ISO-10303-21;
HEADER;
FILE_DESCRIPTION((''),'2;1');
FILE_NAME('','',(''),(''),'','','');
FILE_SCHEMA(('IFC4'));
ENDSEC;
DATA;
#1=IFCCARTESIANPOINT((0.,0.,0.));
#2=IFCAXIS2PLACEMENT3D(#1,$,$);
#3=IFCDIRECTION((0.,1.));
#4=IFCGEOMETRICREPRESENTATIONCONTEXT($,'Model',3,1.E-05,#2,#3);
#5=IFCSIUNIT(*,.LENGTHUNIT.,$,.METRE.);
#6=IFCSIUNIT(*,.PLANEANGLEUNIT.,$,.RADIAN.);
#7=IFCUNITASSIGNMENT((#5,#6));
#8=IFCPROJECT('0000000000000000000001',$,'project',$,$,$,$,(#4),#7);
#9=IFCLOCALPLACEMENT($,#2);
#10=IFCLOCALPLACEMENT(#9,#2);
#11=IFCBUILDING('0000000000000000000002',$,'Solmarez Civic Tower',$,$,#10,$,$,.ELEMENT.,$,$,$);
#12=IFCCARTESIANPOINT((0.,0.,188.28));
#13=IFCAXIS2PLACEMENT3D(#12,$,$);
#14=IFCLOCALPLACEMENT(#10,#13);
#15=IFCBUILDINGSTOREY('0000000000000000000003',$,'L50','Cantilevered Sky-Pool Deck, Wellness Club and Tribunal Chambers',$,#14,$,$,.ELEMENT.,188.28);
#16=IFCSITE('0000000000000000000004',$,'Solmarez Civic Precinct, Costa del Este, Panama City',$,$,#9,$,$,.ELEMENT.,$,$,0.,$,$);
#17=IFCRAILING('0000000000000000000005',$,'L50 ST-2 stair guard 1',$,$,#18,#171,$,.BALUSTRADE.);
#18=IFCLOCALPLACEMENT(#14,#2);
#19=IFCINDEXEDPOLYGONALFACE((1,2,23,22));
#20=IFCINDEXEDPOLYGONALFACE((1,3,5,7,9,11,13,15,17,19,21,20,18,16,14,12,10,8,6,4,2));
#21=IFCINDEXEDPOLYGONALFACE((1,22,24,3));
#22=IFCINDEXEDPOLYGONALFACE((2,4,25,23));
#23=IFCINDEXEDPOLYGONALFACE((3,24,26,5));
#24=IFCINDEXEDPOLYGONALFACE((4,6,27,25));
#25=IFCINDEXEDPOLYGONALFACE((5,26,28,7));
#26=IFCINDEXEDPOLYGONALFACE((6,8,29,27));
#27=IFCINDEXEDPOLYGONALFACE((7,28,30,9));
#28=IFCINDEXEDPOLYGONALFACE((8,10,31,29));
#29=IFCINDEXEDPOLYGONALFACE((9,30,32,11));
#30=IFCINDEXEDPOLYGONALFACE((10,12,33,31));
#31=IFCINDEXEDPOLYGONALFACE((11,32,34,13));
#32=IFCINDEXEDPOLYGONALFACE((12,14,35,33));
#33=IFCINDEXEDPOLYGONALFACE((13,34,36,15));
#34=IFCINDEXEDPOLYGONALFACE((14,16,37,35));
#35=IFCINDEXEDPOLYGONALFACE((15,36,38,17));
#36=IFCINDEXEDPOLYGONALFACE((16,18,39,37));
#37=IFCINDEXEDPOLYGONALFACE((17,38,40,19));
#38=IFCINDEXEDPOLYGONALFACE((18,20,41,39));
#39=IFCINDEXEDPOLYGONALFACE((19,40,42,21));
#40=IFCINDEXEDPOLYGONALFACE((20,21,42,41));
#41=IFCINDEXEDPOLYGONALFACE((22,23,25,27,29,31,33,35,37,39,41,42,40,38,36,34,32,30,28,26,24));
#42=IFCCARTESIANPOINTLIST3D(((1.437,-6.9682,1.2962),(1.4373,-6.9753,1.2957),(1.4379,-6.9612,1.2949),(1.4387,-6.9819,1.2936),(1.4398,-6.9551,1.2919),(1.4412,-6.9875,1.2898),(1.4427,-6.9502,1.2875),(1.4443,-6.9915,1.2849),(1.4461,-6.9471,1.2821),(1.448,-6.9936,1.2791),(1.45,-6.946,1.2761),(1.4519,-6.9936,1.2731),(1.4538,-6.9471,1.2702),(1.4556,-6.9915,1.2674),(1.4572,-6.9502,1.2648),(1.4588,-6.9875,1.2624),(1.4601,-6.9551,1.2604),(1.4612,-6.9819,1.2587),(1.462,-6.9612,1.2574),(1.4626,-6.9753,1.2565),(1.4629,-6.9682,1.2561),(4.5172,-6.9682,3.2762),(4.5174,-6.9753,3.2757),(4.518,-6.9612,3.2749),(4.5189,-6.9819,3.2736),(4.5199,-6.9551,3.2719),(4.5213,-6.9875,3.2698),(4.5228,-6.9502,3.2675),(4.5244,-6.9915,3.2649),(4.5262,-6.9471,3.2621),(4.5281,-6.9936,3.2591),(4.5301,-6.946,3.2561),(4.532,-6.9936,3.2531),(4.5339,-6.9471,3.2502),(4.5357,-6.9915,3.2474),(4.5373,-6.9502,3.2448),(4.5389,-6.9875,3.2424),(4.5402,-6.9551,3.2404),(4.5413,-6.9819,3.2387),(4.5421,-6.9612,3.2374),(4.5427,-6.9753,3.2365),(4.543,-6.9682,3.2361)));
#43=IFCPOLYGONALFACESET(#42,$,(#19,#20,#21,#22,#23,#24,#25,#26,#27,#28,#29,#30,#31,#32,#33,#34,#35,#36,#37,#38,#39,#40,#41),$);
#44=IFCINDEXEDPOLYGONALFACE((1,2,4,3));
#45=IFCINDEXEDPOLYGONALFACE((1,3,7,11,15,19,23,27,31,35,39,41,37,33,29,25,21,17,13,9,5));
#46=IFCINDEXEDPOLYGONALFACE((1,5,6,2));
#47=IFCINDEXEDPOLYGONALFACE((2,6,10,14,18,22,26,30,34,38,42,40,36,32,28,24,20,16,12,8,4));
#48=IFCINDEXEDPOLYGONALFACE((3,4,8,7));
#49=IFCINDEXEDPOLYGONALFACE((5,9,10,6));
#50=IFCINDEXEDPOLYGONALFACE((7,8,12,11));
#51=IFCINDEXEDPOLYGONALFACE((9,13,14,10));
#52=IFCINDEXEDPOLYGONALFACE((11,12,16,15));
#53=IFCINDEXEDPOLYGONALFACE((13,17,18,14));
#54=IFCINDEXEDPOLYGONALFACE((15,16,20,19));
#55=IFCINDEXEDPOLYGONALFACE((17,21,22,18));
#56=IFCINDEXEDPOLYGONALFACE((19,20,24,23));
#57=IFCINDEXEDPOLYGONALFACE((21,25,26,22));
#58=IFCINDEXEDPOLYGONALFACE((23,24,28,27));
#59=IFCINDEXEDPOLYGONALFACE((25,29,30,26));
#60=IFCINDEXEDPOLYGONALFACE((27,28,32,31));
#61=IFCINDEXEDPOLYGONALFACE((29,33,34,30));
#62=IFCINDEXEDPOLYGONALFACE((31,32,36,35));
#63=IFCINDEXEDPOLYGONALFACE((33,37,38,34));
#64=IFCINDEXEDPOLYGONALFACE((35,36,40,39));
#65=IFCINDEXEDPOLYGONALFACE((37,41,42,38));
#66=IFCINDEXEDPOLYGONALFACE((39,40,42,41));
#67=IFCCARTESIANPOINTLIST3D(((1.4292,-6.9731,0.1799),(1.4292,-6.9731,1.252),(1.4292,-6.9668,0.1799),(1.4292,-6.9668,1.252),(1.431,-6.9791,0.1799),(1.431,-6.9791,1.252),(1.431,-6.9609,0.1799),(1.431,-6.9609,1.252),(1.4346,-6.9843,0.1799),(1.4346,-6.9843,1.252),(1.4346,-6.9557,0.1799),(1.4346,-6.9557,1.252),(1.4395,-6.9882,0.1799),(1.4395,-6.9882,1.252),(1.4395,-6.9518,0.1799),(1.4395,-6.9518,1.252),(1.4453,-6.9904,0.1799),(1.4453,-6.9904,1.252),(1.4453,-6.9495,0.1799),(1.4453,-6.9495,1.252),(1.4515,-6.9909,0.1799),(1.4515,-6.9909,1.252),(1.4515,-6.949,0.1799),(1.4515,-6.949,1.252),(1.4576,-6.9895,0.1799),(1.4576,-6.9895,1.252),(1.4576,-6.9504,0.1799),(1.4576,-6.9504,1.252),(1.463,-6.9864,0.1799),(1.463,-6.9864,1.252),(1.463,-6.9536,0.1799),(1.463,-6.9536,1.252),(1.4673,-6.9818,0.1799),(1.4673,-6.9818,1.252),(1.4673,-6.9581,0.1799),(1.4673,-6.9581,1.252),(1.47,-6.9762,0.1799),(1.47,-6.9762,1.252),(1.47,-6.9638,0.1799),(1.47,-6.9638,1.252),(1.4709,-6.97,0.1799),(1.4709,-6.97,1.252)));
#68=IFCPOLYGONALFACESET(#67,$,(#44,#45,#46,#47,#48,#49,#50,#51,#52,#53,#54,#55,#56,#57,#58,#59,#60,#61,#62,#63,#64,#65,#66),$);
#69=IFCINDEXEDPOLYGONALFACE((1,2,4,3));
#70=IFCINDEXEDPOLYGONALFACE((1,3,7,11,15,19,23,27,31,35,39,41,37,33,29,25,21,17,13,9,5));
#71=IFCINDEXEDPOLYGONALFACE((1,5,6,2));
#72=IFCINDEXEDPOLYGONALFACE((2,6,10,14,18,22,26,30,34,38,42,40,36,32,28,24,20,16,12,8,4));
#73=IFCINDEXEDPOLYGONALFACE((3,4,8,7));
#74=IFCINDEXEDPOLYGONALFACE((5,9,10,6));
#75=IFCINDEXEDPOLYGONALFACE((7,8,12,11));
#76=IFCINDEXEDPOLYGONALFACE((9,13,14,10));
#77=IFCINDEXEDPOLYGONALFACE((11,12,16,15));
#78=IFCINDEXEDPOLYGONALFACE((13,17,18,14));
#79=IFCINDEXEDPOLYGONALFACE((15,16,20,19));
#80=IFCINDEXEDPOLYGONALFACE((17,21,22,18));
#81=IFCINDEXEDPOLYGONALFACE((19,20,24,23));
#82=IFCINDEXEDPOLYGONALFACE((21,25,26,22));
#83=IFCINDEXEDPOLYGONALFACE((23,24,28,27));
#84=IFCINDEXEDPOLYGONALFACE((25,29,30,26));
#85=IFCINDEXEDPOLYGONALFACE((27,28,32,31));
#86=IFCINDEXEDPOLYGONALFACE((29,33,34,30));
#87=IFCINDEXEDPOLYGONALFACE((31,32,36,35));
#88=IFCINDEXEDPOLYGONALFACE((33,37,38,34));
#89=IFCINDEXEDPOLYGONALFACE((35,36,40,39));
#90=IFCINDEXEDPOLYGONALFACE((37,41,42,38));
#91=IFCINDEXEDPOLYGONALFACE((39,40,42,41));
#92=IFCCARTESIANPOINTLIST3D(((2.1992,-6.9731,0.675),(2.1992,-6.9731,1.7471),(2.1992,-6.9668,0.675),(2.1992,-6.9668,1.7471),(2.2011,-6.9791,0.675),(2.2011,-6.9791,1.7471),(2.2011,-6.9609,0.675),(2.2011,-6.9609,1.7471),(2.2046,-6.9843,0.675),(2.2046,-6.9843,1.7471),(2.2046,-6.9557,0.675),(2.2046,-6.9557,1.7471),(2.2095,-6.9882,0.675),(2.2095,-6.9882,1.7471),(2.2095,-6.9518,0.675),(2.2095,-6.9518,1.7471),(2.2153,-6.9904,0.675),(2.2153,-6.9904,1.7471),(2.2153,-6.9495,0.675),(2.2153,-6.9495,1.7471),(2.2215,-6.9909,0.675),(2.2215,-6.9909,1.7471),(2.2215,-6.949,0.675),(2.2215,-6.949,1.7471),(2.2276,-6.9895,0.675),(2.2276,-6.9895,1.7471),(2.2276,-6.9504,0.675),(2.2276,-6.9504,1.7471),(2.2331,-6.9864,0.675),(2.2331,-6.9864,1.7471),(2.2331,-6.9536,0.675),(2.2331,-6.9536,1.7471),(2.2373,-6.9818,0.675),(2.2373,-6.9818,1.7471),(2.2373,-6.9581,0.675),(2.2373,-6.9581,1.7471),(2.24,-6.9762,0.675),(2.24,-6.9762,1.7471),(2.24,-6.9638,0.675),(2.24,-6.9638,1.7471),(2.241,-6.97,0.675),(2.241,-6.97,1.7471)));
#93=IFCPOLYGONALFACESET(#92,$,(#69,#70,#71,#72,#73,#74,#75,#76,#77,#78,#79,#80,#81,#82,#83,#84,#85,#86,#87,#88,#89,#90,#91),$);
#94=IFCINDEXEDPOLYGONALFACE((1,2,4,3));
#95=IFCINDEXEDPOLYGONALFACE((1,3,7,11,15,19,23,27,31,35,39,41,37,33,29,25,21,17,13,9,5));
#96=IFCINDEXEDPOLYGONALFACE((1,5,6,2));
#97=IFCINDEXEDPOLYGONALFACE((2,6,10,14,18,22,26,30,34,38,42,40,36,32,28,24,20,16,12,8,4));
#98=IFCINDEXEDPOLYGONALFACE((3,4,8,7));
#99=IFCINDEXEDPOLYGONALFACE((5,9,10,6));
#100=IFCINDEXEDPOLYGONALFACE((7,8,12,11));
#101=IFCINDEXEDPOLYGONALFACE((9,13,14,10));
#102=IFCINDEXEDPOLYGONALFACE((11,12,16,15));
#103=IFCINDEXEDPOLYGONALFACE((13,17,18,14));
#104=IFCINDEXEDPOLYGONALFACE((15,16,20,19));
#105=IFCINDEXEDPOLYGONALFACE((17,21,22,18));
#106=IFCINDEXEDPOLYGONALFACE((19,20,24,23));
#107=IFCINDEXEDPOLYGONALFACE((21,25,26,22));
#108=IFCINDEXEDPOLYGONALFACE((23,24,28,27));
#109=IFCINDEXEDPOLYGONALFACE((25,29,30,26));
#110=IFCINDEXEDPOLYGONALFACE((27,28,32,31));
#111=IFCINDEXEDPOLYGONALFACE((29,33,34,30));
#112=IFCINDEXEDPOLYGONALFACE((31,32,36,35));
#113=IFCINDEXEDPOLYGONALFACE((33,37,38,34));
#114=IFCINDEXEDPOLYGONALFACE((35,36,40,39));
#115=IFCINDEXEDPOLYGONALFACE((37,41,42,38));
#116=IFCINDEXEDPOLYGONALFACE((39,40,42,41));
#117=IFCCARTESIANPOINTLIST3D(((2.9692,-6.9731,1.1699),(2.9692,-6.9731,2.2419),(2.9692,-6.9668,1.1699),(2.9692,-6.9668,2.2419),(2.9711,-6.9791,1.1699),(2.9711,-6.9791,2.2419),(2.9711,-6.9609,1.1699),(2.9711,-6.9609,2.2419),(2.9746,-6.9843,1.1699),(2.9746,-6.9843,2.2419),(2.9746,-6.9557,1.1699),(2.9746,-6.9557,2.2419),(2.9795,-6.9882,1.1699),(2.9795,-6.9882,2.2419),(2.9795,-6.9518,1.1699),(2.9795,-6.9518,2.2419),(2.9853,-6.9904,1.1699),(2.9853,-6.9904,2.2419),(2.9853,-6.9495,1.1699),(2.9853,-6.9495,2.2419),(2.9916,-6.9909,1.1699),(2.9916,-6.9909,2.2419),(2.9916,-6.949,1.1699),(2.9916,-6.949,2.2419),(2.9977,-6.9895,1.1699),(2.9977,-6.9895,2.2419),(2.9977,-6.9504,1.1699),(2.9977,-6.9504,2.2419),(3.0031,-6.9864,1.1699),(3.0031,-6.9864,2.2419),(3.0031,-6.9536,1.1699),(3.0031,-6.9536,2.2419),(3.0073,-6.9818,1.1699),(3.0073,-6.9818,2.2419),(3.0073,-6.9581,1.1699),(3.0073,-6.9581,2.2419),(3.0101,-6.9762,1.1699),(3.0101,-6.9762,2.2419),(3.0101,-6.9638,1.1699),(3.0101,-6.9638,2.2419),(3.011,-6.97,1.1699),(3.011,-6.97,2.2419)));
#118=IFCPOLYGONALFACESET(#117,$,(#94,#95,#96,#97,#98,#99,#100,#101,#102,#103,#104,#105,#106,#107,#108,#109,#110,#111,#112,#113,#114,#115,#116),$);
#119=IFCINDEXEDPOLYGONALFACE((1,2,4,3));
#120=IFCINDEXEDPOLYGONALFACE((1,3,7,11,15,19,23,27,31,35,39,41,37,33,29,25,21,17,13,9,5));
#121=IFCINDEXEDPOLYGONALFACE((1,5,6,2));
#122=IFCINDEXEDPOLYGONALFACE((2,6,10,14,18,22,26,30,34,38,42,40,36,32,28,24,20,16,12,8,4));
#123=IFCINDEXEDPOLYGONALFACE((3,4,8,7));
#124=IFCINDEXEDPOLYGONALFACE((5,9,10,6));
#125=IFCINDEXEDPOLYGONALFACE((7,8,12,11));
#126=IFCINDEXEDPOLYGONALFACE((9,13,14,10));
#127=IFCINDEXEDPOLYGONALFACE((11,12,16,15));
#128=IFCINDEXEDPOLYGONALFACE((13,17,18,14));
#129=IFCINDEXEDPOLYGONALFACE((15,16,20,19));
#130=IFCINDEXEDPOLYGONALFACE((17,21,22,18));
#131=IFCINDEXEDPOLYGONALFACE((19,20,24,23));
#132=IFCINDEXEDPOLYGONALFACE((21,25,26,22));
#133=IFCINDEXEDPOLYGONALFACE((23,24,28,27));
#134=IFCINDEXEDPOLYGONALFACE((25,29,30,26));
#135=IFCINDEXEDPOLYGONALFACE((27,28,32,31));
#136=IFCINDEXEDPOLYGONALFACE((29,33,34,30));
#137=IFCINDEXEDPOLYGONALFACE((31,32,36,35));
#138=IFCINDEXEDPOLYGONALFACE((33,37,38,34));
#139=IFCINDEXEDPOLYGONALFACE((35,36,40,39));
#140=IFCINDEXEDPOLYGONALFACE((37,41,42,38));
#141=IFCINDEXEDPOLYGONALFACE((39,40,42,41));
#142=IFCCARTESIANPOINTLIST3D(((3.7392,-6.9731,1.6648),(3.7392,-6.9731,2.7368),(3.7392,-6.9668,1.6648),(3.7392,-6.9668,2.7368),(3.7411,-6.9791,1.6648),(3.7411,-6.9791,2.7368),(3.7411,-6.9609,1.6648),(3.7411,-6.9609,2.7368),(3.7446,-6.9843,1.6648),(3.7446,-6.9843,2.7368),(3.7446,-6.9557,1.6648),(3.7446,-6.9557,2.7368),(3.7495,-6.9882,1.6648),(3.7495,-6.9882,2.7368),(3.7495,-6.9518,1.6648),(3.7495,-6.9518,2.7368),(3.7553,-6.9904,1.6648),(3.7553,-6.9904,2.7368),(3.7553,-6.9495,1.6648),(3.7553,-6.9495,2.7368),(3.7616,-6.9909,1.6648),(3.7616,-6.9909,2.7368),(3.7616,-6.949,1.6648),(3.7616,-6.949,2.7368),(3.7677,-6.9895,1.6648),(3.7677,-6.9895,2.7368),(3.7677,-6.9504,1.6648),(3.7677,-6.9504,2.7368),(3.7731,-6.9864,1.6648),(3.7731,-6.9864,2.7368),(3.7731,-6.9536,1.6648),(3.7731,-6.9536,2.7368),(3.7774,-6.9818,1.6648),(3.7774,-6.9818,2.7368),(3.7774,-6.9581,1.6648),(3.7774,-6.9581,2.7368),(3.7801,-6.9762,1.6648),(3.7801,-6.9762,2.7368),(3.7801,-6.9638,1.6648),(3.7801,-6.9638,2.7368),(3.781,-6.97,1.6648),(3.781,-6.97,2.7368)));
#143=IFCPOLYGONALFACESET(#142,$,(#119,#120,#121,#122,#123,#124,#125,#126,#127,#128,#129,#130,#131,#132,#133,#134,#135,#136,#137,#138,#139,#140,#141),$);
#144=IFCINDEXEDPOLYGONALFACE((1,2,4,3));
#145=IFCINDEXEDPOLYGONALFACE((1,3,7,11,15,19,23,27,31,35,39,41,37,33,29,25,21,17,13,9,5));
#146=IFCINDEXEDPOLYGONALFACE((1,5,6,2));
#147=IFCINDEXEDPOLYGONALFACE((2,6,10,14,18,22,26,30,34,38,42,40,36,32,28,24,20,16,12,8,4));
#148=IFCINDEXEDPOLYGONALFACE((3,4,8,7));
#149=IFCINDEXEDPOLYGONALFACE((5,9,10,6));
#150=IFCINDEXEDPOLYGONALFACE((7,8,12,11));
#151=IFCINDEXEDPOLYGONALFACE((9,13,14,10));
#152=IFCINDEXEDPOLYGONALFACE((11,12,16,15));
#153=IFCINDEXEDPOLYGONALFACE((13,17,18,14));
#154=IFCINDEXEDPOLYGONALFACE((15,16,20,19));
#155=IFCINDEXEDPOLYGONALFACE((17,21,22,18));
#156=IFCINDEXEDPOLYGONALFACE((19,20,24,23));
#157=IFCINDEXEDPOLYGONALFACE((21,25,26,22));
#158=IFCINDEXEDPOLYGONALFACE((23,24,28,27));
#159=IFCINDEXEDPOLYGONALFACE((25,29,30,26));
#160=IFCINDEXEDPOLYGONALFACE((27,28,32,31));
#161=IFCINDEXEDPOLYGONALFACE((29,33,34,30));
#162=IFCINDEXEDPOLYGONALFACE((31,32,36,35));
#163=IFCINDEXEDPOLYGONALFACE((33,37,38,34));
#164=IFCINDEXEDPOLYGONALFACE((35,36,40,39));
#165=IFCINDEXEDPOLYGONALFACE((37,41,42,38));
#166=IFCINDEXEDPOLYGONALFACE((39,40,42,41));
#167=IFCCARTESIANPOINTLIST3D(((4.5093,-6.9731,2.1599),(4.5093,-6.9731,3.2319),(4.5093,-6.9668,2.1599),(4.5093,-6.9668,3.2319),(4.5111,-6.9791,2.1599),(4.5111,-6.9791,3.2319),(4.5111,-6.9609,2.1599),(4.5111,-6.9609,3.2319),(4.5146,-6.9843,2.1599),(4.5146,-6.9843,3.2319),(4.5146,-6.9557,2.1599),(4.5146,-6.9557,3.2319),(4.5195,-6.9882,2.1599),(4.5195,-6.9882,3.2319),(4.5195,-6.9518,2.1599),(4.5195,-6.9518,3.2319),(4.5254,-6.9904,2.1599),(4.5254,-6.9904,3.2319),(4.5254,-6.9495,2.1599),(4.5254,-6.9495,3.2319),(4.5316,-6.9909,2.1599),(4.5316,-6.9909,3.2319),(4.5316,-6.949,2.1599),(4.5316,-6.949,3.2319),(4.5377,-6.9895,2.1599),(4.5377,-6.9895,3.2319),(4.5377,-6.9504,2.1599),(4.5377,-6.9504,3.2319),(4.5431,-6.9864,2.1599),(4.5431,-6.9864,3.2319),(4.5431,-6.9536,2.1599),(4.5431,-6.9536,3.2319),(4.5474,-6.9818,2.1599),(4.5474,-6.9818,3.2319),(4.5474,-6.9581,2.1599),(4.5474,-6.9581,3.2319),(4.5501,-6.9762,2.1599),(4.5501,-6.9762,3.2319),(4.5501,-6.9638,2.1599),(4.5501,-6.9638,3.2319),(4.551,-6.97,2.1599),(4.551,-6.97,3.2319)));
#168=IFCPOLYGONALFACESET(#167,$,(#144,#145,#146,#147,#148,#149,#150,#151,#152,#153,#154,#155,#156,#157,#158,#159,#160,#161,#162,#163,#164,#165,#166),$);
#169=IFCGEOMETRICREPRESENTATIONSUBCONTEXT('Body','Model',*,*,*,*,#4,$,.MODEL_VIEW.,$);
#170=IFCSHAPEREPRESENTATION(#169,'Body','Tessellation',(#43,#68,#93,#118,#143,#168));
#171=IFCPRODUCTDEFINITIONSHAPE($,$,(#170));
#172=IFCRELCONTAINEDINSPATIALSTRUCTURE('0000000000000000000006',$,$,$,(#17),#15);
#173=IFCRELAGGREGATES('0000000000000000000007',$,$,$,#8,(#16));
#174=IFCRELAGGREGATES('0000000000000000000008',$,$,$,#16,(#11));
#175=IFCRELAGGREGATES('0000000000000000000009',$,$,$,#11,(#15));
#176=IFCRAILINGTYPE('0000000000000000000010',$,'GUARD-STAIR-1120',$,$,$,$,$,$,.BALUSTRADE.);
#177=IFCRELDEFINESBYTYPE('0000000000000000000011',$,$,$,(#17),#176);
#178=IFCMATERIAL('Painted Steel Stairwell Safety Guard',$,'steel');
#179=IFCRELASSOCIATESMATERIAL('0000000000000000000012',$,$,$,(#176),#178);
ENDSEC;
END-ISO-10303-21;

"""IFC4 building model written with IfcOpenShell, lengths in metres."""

from ifc_helpers import new_model, si_unit, direction, frame, origin, origin_2d, place, context, subcontext, project, spatial, circle, extrude, material, type_object, element, save


model = new_model("IFC4")

# Units and contexts
model_context = context("Model", 3, precision=1e-05, world=origin(), true_north=direction((0.0, 1.0)))
body_context = subcontext(model_context, "Body", "Model", "MODEL_VIEW")
ifc_project = project(units=[si_unit("LENGTHUNIT", "METRE"), si_unit("PLANEANGLEUNIT", "RADIAN")], contexts=[model_context])

# Site, building, storey
site_placement = place(None, origin())
site = spatial("IfcSite", under=ifc_project, at=site_placement, Name="Solmarez Civic Precinct, Costa del Este, Panama City", CompositionType="ELEMENT", RefElevation=0.0)
building_placement = place(site_placement, origin())
building = spatial("IfcBuilding", under=site, at=building_placement, Name="Solmarez Civic Tower", CompositionType="ELEMENT")
storey_placement = place(building_placement, frame((0.0, 0.0, 188.28)))
storey = spatial("IfcBuildingStorey", under=building, at=storey_placement, Name="L50", Description="Cantilevered Sky-Pool Deck, Wellness Club and Tribunal Chambers", CompositionType="ELEMENT", Elevation=188.28)

# Railing
ifc_material_1 = material(Name="Painted Steel Stairwell Safety Guard", Category="steel")
railing_type_1 = type_object("IfcRailingType", Name="GUARD-STAIR-1120", PredefinedType="BALUSTRADE", material=ifc_material_1)
railing_1_placement = place(storey_placement, frame((1.45, -6.97, 0.1799)))
element("IfcRailing", 1, at=railing_1_placement, inside=storey, type_object=railing_type_1, Name="L50 ST-2 stair guard 1", PredefinedType="BALUSTRADE", context=body_context, shape_type="SweptSolid", body=[
    extrude(circle(Radius=0.0239, at=origin_2d()), frame((0.0, 0.0, 1.0962), z_axis=(0.841187, 0.0, 0.540744), x_axis=(0.0, 1.0, 0.0)), (0.0, 0.0, 1.0), 3.6616),
    extrude(circle(Radius=0.021, at=origin_2d()), origin(), (0.0, 0.0, 1.0), 1.072),
    extrude(circle(Radius=0.021, at=origin_2d()), frame((0.77, 0.0, 0.4951)), (0.0, 0.0, 1.0), 1.072),
    extrude(circle(Radius=0.021, at=origin_2d()), frame((1.54, 0.0, 0.99)), (0.0, 0.0, 1.0), 1.072),
    extrude(circle(Radius=0.021, at=origin_2d()), frame((2.3101, 0.0, 1.4849)), (0.0, 0.0, 1.0), 1.072),
    extrude(circle(Radius=0.021, at=origin_2d()), frame((3.0801, 0.0, 1.98)), (0.0, 0.0, 1.0), 1.072),
])

save(model, "model.ifc")
